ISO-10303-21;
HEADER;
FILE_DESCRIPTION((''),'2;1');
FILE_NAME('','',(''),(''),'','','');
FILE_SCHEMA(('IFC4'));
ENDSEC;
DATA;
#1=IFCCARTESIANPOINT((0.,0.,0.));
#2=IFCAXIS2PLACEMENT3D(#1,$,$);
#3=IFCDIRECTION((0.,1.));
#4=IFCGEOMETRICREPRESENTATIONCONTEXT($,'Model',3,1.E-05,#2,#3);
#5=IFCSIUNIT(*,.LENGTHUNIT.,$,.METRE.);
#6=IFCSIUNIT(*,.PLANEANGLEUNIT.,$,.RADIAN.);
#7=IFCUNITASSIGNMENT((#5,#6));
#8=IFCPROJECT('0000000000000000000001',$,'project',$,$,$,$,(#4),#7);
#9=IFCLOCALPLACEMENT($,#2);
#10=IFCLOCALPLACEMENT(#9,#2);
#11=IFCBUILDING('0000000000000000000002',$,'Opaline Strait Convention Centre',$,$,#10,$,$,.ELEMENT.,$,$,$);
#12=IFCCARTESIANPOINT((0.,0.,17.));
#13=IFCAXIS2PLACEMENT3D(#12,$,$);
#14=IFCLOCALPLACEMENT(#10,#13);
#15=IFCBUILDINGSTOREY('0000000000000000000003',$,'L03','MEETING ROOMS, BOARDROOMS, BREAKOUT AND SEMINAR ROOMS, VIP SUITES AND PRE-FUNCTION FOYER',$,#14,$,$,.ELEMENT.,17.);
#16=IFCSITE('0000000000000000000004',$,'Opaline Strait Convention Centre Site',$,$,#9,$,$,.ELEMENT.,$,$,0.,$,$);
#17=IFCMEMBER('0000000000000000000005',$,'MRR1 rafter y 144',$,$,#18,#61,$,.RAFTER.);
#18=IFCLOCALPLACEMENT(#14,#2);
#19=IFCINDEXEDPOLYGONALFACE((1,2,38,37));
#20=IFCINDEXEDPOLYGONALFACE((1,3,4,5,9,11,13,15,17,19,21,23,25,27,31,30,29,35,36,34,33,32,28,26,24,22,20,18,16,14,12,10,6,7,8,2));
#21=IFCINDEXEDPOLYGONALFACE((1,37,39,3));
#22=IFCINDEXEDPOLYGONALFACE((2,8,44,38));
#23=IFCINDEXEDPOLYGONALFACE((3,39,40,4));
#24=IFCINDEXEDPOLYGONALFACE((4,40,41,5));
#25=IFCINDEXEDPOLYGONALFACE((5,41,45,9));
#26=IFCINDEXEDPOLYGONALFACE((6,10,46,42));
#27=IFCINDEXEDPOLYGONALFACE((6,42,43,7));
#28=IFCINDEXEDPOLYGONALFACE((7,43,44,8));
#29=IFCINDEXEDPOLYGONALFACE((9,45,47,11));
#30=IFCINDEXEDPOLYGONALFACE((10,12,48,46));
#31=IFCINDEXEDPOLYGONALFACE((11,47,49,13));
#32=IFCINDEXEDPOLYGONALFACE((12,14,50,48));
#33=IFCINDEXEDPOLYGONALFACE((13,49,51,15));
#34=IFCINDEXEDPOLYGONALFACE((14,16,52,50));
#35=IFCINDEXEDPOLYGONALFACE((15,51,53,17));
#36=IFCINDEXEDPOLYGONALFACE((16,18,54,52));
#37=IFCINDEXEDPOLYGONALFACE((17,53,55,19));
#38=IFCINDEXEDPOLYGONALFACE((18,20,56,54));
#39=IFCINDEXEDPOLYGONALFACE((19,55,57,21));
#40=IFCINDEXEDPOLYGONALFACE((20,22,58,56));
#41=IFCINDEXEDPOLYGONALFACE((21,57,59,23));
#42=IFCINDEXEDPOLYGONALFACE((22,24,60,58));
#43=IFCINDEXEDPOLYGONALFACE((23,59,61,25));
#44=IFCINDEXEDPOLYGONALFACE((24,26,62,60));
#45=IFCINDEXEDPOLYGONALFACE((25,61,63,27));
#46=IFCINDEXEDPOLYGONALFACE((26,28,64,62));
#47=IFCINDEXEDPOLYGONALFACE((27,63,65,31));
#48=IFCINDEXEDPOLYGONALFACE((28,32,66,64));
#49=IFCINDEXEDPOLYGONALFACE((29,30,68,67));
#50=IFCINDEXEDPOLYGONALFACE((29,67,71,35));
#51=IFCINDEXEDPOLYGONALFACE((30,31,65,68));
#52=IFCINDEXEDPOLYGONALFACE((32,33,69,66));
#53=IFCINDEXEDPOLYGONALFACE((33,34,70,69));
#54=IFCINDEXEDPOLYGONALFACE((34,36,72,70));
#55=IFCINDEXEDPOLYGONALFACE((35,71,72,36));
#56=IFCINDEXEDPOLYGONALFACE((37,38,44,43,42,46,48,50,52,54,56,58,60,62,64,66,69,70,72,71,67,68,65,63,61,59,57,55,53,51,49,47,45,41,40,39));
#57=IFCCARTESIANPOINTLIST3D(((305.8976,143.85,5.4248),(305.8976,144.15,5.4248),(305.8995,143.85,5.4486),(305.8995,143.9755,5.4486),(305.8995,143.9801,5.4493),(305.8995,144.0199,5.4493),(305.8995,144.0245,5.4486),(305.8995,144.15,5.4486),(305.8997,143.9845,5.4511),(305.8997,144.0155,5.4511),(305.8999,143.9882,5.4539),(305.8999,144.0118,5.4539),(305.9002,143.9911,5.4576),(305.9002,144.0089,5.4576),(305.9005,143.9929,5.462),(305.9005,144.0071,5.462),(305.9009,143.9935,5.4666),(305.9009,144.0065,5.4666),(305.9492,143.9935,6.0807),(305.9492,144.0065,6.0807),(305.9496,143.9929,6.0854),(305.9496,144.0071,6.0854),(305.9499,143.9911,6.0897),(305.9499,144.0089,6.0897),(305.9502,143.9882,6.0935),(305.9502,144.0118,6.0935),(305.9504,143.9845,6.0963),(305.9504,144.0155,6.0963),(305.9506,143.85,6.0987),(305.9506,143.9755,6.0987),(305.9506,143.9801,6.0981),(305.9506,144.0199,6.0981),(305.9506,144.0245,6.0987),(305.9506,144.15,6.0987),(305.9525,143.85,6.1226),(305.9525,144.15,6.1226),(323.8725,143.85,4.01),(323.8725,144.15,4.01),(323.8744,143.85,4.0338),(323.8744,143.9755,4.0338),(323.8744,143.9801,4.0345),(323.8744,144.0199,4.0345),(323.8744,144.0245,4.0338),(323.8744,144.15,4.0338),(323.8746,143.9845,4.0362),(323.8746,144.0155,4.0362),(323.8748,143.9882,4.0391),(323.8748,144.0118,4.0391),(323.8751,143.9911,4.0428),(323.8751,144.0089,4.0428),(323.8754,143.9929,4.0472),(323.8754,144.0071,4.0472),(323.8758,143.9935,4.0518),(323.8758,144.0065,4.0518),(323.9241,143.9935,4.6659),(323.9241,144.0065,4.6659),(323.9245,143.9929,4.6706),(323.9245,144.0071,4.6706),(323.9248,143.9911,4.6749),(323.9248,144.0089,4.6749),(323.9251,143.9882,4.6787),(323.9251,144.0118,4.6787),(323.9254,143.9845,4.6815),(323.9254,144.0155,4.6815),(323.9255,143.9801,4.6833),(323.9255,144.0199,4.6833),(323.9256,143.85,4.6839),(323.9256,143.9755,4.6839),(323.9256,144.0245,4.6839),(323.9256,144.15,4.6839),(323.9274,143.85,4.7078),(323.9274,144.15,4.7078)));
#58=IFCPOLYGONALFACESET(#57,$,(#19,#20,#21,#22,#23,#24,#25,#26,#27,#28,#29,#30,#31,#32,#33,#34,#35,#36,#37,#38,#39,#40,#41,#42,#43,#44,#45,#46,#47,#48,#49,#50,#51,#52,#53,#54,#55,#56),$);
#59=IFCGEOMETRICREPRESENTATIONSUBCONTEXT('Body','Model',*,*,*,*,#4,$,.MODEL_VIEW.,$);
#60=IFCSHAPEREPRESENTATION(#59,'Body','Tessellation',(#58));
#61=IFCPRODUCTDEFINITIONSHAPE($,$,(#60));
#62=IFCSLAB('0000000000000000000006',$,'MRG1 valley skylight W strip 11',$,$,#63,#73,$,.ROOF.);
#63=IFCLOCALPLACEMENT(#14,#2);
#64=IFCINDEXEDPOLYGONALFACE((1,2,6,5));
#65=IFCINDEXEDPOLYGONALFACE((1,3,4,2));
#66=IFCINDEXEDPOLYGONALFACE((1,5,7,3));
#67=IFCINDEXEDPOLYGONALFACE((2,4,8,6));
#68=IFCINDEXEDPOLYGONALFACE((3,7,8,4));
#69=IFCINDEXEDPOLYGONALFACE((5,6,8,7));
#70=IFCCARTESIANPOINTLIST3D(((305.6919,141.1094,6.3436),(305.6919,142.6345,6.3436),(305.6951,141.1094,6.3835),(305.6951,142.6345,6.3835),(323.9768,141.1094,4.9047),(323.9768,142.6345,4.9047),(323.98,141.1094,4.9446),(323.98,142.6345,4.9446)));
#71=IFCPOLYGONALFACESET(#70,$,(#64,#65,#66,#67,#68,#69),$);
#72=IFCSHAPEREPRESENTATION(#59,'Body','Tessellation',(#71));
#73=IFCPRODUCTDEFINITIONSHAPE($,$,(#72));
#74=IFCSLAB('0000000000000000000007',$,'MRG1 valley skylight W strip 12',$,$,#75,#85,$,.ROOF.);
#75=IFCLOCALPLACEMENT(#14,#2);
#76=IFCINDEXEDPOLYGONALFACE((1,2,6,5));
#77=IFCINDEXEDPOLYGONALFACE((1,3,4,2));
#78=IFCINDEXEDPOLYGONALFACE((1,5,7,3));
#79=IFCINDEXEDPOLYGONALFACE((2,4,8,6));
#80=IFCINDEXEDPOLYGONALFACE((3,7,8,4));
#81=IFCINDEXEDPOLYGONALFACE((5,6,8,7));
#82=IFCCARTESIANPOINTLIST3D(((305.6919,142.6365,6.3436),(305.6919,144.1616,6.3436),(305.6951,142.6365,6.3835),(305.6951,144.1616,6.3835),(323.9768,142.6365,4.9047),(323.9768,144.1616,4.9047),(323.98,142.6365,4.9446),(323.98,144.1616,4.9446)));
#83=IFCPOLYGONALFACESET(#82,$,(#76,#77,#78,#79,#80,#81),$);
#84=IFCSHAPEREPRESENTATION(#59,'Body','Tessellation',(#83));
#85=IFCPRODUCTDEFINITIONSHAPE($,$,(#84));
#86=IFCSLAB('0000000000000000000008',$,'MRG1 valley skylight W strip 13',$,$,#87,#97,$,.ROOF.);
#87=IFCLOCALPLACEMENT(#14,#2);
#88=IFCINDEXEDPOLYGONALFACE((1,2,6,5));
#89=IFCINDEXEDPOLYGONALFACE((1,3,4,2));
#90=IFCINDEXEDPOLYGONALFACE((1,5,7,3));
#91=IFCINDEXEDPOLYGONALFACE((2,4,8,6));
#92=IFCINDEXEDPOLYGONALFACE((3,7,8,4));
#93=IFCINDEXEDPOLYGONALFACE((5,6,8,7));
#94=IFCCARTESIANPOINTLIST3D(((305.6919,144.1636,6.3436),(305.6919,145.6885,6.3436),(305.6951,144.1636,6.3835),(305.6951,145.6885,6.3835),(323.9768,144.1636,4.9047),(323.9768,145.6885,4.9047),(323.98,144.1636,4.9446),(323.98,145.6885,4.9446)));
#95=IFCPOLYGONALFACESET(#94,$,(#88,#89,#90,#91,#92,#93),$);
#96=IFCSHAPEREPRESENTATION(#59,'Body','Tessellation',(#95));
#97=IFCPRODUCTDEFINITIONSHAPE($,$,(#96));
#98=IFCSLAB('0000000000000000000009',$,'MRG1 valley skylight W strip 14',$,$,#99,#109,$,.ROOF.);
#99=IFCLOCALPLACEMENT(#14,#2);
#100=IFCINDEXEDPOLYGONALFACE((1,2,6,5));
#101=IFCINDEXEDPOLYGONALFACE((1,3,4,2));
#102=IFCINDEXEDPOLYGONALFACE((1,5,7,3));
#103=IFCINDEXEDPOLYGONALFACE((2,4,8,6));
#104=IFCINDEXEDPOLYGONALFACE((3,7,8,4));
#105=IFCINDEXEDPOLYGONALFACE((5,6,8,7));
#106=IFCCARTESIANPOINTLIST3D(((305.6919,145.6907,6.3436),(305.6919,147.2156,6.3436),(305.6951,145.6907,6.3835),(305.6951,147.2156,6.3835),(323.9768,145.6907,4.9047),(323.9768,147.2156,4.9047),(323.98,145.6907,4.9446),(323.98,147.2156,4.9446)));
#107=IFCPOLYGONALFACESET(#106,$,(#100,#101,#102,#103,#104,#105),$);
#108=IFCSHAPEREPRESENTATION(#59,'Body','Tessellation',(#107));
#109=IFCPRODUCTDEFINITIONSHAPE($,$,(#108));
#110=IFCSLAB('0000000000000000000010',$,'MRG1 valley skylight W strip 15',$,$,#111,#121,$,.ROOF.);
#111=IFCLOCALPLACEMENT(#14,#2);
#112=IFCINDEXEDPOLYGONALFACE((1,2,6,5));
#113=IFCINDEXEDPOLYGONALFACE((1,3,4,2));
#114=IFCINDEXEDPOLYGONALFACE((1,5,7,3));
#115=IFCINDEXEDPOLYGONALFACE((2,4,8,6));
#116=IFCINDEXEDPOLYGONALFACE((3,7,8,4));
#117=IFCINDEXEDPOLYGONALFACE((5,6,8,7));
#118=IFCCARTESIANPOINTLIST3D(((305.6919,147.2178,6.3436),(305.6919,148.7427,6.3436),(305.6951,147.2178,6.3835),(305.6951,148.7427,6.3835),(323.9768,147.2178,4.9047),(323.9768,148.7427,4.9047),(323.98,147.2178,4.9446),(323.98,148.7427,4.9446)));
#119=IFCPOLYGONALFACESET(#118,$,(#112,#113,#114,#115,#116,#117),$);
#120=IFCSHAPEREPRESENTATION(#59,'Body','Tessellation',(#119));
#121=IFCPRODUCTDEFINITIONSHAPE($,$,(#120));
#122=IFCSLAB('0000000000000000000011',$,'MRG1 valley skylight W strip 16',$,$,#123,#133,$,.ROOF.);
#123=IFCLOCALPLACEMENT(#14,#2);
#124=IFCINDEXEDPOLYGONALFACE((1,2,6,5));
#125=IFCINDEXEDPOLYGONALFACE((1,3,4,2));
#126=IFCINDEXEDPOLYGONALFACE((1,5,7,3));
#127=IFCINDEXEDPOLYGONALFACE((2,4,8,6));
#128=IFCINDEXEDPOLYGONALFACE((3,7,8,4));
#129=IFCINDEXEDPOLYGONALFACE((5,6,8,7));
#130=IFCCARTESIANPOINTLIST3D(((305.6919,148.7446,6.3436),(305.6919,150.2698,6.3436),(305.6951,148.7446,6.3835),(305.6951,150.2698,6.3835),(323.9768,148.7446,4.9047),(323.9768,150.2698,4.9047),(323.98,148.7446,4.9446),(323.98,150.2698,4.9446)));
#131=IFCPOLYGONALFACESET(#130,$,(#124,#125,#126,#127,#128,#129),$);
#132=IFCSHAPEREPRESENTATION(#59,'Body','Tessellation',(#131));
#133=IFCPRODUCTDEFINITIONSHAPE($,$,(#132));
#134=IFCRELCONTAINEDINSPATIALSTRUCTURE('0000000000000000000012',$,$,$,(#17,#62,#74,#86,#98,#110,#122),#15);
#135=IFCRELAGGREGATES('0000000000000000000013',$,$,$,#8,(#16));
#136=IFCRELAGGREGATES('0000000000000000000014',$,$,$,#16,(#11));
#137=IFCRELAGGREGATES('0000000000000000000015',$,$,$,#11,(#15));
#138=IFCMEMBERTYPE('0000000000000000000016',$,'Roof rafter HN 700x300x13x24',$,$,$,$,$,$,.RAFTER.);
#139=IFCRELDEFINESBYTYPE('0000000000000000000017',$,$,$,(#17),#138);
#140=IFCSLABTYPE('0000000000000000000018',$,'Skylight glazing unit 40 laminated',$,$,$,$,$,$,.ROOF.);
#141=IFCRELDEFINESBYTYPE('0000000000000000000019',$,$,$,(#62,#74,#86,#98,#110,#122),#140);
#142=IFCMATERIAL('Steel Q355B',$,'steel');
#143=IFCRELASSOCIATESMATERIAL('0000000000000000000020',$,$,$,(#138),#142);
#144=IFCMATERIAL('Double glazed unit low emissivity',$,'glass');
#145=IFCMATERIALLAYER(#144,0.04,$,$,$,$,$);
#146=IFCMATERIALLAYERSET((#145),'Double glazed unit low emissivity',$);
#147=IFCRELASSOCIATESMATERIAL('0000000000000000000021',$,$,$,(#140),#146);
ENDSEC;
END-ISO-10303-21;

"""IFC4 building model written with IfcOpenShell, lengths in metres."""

from ifc_helpers import new_model, si_unit, direction, frame, origin, origin_2d, place, context, subcontext, project, spatial, polyline, i_section, outline, extrude, material, layer, layer_set, material_profile, profile_set, type_object, element, save


model = new_model("IFC4")

# Units and contexts
model_context = context("Model", 3, precision=1e-05, world=origin(), true_north=direction((0.0, 1.0)))
body_context = subcontext(model_context, "Body", "Model", "MODEL_VIEW")
ifc_project = project(units=[si_unit("LENGTHUNIT", "METRE"), si_unit("PLANEANGLEUNIT", "RADIAN")], contexts=[model_context])

# Site, building, storey
site_placement = place(None, origin())
site = spatial("IfcSite", under=ifc_project, at=site_placement, Name="Opaline Strait Convention Centre Site", CompositionType="ELEMENT", RefElevation=0.0)
building_placement = place(site_placement, origin())
building = spatial("IfcBuilding", under=site, at=building_placement, Name="Opaline Strait Convention Centre", CompositionType="ELEMENT")
storey_placement = place(building_placement, frame((0.0, 0.0, 17.0)))
storey = spatial("IfcBuildingStorey", under=building, at=storey_placement, Name="L03", Description="MEETING ROOMS, BOARDROOMS, BREAKOUT AND SEMINAR ROOMS, VIP SUITES AND PRE-FUNCTION FOYER", CompositionType="ELEMENT", Elevation=17.0)

# Member
ifc_material_1 = material(Name="Steel Q355B", Category="steel")
ifc_material_profile_1 = material_profile(ifc_material_1, i_section(OverallWidth=0.3, OverallDepth=0.7, WebThickness=0.0129, FlangeThickness=0.0239, FilletRadius=0.0181, at=origin_2d()), Name="HN 700x300x13x24")
ifc_profile_set_1 = profile_set([ifc_material_profile_1], Name="Steel Q355B")
member_type_1 = type_object("IfcMemberType", Name="Roof rafter HN 700x300x13x24", PredefinedType="RAFTER", material=ifc_profile_set_1)
member_placement = place(storey_placement, frame((305.925, 144.0, 5.7737), z_axis=(0.996917, 0.0, -0.078467), x_axis=(0.0, 1.0, 0.0)))
element("IfcMember", 1, at=member_placement, inside=storey, type_object=member_type_1, Name="MRR1 rafter y 144", PredefinedType="RAFTER", context=body_context, shape_type="SweptSolid", body=[
    extrude(i_section(OverallWidth=0.3, OverallDepth=0.7, WebThickness=0.0129, FlangeThickness=0.0239, FilletRadius=0.0181, at=origin_2d()), origin(), (0.0, 0.0, 1.0), 18.0305),
])

# Slabs
ifc_material_2 = material(Name="Double glazed unit low emissivity", Category="glass")
ifc_layer = layer(ifc_material_2, 0.04)
ifc_layer_set = layer_set([ifc_layer], Name="Double glazed unit low emissivity")
slab_type = type_object("IfcSlabType", Name="Skylight glazing unit 40 laminated", PredefinedType="ROOF", material=ifc_layer_set)
for number, where, z_axis, x_axis, name in (
    (2, (305.6951, 141.1094, 6.3835), (0.078454, 0.0, 0.996918), (0.996918, 0.0, -0.078454), "MRG1 valley skylight W strip 11"),
    (3, (305.6951, 142.6365, 6.3835), (0.078454, 0.0, 0.996918), (0.996918, 0.0, -0.078454), "MRG1 valley skylight W strip 12"),
):
    element("IfcSlab", number, at=place(storey_placement, frame(where, z_axis=z_axis, x_axis=x_axis)), inside=storey, type_object=slab_type, Name=name, PredefinedType="ROOF", context=body_context, shape_type="SweptSolid", body=[
        extrude(outline(polyline([(0.0, 0.0), (18.3414, 0.0), (18.3414, 1.5251), (0.0, 1.5251), (0.0, 0.0)])), origin(), (0.0, 0.0, -1.0), 0.04),
    ])
for number, where, z_axis, x_axis, name in (
    (4, (305.6951, 144.1636, 6.3835), (0.078454, 0.0, 0.996918), (0.996918, 0.0, -0.078454), "MRG1 valley skylight W strip 13"),
    (5, (305.6951, 145.6907, 6.3835), (0.078454, 0.0, 0.996918), (0.996918, 0.0, -0.078454), "MRG1 valley skylight W strip 14"),
    (6, (305.6951, 147.2178, 6.3835), (0.078454, 0.0, 0.996918), (0.996918, 0.0, -0.078454), "MRG1 valley skylight W strip 15"),
):
    element("IfcSlab", number, at=place(storey_placement, frame(where, z_axis=z_axis, x_axis=x_axis)), inside=storey, type_object=slab_type, Name=name, PredefinedType="ROOF", context=body_context, shape_type="SweptSolid", body=[
        extrude(outline(polyline([(0.0, 0.0), (18.3414, 0.0), (18.3414, 1.5249), (0.0, 1.5249), (0.0, 0.0)])), origin(), (0.0, 0.0, -1.0), 0.04),
    ])
slab_placement = place(storey_placement, frame((305.6951, 148.7446, 6.3835), z_axis=(0.078454, 0.0, 0.996918), x_axis=(0.996918, 0.0, -0.078454)))
element("IfcSlab", 7, at=slab_placement, inside=storey, type_object=slab_type, Name="MRG1 valley skylight W strip 16", PredefinedType="ROOF", context=body_context, shape_type="SweptSolid", body=[
    extrude(outline(polyline([(0.0, 0.0), (18.3414, 0.0), (18.3414, 1.5251), (0.0, 1.5251), (0.0, 0.0)])), origin(), (0.0, 0.0, -1.0), 0.04),
])

save(model, "model.ifc")
